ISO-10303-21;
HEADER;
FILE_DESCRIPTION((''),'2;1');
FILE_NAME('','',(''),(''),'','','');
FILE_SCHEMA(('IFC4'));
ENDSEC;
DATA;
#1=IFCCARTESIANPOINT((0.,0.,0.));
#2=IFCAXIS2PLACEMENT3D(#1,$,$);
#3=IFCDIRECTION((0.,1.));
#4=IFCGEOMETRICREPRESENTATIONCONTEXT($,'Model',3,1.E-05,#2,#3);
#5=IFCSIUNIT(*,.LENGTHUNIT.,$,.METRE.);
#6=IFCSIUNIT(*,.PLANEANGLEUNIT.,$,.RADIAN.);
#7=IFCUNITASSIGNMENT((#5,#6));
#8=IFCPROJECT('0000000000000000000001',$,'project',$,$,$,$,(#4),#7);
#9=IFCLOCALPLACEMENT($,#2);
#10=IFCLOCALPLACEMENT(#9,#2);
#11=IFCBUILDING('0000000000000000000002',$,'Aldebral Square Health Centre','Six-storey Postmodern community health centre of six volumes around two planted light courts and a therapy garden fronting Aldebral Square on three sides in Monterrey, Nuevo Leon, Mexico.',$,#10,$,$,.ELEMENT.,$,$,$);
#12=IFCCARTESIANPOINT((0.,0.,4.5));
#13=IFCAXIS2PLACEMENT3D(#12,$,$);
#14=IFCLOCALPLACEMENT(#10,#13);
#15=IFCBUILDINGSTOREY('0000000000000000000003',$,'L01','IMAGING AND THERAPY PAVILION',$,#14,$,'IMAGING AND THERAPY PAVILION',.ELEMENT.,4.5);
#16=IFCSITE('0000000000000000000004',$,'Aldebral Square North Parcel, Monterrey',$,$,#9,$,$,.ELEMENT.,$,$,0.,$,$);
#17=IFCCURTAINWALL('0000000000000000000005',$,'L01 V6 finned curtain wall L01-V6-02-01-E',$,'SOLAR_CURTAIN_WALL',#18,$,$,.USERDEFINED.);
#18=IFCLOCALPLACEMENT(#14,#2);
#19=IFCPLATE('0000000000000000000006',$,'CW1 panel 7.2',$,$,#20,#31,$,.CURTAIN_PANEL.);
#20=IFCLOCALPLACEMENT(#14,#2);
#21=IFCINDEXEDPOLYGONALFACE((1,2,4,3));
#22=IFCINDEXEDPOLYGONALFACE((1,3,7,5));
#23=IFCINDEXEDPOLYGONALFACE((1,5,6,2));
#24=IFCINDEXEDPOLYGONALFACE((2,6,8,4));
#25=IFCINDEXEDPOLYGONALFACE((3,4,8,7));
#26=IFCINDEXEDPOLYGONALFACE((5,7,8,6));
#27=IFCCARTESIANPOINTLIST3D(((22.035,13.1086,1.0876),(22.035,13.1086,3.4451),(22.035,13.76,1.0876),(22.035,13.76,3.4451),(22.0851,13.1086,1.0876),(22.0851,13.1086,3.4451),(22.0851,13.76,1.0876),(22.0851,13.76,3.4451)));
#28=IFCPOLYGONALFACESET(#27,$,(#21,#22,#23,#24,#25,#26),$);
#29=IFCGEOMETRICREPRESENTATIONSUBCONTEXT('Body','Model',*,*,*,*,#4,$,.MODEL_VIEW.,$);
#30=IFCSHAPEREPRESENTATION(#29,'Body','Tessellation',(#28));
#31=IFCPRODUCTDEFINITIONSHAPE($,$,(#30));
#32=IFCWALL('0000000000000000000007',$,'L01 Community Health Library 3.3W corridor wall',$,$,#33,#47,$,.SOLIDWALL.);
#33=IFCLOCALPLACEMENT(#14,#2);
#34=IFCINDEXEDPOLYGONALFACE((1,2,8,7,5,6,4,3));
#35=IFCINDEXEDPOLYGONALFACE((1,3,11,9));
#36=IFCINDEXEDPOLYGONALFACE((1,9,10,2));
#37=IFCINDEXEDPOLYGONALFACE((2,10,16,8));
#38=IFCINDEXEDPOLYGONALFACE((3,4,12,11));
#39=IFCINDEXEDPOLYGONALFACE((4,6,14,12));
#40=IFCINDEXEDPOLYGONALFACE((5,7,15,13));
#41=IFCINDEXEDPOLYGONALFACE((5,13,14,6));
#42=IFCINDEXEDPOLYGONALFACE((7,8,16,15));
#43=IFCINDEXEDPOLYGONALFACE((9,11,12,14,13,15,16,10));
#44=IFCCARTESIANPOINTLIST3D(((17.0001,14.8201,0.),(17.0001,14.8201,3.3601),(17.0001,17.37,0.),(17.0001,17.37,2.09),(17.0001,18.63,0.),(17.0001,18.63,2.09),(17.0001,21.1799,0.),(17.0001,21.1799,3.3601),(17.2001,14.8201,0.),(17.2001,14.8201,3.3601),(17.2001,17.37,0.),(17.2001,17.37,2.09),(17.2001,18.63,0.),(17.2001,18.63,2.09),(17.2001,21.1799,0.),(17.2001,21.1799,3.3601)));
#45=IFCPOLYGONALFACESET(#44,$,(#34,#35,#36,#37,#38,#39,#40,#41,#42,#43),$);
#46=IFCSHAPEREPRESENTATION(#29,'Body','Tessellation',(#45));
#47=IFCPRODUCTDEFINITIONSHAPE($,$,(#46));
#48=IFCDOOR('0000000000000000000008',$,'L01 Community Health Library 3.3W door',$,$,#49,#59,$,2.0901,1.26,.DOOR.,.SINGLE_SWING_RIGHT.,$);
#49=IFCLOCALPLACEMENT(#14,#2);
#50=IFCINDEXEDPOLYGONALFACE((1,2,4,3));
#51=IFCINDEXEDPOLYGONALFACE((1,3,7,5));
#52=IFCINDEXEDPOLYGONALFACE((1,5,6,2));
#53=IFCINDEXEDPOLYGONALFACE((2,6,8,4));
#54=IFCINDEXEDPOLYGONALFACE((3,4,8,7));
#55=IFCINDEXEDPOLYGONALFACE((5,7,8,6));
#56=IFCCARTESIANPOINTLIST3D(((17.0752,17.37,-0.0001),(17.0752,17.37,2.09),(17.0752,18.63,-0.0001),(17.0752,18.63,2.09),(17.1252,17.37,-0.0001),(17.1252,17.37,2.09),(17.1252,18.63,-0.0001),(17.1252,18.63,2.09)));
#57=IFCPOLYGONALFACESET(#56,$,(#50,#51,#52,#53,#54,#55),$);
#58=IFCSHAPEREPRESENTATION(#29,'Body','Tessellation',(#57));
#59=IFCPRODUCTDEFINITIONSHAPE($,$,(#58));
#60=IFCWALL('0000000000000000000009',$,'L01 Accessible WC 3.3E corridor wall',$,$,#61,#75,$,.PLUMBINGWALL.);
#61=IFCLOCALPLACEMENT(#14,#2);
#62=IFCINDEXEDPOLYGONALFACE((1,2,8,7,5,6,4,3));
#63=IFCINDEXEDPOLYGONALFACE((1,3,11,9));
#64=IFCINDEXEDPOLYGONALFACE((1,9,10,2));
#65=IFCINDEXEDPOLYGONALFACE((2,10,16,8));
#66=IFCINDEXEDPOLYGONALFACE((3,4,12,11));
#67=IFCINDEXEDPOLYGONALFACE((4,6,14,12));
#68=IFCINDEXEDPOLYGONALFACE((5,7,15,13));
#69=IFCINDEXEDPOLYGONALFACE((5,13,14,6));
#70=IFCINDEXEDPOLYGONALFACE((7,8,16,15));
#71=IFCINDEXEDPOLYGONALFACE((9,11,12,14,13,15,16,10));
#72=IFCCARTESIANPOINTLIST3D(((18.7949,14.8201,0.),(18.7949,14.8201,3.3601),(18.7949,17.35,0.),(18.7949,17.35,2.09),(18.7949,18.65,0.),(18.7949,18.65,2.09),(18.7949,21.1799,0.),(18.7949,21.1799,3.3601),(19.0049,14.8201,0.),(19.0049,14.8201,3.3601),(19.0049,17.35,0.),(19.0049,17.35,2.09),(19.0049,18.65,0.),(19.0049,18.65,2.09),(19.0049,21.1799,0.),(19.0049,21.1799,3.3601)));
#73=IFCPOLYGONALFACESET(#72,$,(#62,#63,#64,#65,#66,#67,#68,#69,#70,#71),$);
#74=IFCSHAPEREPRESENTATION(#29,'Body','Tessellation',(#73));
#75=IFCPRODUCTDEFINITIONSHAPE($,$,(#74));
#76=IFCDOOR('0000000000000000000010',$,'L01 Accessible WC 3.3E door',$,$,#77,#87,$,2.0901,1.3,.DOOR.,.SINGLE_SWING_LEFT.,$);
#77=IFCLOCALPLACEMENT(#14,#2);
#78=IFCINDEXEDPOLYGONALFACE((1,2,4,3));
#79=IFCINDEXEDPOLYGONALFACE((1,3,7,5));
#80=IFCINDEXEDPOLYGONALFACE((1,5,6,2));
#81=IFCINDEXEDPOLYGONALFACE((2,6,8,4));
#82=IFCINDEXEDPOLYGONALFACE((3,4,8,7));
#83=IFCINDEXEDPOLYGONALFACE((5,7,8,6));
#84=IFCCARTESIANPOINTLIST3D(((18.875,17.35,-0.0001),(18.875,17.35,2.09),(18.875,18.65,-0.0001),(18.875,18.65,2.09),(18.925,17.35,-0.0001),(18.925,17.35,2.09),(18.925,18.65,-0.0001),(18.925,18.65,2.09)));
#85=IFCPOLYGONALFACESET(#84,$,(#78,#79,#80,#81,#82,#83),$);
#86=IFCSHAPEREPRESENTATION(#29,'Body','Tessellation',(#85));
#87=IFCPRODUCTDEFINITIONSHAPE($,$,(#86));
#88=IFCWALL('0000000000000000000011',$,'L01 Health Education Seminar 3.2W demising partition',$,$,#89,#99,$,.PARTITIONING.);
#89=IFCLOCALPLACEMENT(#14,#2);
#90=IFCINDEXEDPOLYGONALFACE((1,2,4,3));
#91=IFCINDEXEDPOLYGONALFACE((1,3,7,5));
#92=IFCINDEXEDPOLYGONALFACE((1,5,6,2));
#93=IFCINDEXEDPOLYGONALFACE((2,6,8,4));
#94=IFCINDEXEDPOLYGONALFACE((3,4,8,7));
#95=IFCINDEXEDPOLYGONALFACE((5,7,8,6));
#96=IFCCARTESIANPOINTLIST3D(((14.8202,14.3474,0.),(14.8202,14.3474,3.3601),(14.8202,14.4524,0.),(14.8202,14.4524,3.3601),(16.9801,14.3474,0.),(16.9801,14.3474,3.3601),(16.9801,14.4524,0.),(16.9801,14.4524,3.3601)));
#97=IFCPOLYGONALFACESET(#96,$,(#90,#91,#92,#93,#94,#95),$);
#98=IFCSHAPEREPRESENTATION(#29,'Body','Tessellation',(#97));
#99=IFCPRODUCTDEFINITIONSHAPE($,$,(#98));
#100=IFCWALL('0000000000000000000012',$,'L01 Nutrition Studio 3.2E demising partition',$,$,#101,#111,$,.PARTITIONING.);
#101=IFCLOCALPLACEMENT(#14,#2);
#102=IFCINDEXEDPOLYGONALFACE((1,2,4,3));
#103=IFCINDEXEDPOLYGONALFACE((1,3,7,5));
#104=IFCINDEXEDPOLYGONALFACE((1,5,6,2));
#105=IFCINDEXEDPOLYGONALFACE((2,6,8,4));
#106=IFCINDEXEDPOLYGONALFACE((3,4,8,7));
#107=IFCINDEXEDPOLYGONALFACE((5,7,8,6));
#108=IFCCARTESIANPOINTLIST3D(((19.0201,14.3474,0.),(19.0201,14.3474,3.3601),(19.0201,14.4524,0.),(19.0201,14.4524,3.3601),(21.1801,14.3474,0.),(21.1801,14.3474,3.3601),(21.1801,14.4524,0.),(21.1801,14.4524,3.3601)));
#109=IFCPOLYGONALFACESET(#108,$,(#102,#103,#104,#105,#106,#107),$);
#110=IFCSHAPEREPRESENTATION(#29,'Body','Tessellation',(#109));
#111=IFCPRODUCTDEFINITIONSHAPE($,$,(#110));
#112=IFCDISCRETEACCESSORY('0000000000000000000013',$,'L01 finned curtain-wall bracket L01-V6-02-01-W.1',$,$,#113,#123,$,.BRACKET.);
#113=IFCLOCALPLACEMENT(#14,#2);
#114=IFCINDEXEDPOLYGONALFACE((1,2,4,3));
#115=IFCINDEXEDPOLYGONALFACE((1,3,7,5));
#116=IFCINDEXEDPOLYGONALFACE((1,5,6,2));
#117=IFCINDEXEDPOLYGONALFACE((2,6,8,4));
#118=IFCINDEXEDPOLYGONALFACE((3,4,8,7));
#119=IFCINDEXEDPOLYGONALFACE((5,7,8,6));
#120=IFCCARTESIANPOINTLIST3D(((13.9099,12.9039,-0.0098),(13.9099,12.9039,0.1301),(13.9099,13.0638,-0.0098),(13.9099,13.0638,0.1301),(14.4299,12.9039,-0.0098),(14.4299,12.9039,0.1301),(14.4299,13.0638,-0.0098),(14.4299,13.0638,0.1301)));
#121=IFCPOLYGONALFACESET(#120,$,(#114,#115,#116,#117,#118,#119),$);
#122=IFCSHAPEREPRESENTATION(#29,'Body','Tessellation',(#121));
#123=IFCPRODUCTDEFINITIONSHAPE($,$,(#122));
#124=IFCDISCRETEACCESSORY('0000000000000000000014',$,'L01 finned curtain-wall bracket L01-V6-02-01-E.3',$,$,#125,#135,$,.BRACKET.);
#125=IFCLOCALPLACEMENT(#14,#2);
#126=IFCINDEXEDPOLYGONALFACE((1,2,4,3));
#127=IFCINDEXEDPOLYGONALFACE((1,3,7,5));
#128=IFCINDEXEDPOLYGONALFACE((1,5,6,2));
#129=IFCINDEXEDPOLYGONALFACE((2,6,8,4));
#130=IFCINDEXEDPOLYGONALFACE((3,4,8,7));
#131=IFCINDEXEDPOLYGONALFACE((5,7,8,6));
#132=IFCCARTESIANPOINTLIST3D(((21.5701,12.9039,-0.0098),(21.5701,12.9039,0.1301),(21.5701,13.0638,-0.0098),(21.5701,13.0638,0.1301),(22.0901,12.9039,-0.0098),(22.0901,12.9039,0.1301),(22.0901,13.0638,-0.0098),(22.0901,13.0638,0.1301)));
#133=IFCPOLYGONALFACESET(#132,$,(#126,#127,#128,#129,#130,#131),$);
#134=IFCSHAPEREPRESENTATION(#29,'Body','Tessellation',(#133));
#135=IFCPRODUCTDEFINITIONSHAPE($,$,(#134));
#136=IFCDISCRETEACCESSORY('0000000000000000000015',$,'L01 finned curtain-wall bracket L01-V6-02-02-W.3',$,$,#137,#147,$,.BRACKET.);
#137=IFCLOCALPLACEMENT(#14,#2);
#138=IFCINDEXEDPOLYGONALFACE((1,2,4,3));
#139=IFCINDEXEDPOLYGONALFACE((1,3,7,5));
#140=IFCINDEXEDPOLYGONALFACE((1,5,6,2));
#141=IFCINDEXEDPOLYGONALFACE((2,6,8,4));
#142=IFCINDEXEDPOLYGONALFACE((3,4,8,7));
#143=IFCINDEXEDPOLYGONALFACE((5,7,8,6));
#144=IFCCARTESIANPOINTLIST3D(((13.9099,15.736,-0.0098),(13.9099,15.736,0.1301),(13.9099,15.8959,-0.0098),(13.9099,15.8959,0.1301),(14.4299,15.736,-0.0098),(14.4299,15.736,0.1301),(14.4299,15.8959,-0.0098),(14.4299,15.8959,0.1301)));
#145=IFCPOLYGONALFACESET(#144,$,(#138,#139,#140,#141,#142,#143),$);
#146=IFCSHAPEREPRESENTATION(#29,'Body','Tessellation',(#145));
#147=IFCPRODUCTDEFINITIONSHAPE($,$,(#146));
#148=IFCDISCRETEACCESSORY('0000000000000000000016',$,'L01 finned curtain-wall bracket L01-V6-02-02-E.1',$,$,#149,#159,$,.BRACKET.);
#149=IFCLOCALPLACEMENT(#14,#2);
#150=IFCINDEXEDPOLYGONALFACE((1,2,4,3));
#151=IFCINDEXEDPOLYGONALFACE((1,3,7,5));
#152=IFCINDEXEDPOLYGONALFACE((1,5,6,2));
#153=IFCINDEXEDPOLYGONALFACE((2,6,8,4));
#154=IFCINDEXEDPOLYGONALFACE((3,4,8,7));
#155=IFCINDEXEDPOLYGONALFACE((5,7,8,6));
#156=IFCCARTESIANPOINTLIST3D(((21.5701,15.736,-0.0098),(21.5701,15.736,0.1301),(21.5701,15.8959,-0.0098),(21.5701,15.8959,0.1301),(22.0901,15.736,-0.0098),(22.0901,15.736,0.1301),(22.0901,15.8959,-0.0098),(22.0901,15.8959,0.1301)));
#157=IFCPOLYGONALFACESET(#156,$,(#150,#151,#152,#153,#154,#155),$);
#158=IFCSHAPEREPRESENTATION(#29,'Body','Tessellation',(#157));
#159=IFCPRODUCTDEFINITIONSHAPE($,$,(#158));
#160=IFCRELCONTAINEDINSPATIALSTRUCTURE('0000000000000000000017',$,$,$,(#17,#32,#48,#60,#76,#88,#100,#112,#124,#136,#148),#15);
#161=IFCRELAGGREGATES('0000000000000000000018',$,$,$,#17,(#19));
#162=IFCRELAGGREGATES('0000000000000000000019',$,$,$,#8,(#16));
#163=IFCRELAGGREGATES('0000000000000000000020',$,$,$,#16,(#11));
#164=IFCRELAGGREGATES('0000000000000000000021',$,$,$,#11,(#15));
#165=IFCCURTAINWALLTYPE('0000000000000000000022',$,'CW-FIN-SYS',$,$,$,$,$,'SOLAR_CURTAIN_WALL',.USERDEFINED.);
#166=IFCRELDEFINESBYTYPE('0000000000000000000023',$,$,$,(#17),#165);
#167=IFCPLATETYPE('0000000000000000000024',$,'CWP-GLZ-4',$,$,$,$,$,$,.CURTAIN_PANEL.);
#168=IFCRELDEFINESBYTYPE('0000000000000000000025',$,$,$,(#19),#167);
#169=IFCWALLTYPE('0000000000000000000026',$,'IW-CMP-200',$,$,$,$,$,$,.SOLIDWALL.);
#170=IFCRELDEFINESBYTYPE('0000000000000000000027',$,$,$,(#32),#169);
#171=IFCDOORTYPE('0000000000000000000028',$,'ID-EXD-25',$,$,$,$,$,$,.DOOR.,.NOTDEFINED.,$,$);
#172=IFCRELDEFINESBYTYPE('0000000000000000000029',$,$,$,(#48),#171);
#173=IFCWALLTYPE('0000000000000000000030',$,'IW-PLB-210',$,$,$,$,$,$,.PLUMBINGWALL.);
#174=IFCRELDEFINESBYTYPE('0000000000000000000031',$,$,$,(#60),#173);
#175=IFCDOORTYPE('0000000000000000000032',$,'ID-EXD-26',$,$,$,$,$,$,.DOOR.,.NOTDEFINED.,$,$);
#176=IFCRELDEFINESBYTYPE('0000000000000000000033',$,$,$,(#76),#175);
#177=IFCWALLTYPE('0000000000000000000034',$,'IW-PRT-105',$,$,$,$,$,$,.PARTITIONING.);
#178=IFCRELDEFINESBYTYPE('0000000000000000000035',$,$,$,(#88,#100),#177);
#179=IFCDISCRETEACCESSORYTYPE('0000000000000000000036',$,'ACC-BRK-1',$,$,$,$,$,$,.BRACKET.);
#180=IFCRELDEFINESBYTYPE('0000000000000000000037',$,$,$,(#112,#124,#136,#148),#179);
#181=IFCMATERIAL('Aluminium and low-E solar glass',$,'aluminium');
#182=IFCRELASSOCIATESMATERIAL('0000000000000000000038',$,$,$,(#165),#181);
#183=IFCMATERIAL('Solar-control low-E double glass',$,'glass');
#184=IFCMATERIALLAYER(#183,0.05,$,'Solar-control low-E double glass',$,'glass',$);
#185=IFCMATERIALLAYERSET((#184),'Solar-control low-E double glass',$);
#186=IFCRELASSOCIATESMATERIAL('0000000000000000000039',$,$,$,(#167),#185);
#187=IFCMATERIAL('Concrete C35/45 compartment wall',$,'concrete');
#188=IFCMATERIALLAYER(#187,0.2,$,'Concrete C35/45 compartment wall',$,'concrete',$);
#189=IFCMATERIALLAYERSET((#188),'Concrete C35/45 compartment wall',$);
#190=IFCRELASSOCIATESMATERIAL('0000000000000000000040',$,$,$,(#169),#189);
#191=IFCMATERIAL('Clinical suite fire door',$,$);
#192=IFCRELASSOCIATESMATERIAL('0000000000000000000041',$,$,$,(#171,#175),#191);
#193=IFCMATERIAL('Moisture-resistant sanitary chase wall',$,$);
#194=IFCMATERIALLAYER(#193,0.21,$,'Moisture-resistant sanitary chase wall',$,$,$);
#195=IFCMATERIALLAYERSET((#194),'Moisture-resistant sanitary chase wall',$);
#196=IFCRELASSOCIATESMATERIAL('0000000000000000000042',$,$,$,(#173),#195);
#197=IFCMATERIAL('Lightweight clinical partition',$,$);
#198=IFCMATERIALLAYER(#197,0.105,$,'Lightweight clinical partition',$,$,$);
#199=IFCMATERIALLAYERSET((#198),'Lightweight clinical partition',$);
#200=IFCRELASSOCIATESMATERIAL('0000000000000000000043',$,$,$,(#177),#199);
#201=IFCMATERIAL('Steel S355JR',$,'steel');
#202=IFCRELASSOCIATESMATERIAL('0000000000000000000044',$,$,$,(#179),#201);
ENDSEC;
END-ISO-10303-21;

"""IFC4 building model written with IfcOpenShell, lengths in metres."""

from ifc_helpers import new_model, si_unit, direction, frame, frame_2d, origin, origin_2d, place, context, subcontext, project, spatial, rectangle, extrude, material, layer, layer_set, type_object, element, fill, aggregate, save


model = new_model("IFC4")

# Units and contexts
model_context = context("Model", 3, precision=1e-05, world=origin(), true_north=direction((0.0, 1.0)))
body_context = subcontext(model_context, "Body", "Model", "MODEL_VIEW")
ifc_project = project(units=[si_unit("LENGTHUNIT", "METRE"), si_unit("PLANEANGLEUNIT", "RADIAN")], contexts=[model_context])

# Site, building, storey
site_placement = place(None, origin())
site = spatial("IfcSite", under=ifc_project, at=site_placement, Name="Aldebral Square North Parcel, Monterrey", CompositionType="ELEMENT", RefElevation=0.0)
building_placement = place(site_placement, origin())
building = spatial("IfcBuilding", under=site, at=building_placement, Name="Aldebral Square Health Centre", Description="Six-storey Postmodern community health centre of six volumes around two planted light courts and a therapy garden fronting Aldebral Square on three sides in Monterrey, Nuevo Leon, Mexico.", CompositionType="ELEMENT")
storey_placement = place(building_placement, frame((0.0, 0.0, 4.5)))
storey = spatial("IfcBuildingStorey", under=building, at=storey_placement, Name="L01", Description="IMAGING AND THERAPY PAVILION", LongName="IMAGING AND THERAPY PAVILION", CompositionType="ELEMENT", Elevation=4.5)

# Curtain wall, plate
ifc_material_1 = material(Name="Aluminium and low-E solar glass", Category="aluminium")
curtain_wall_type = type_object("IfcCurtainWallType", Name="CW-FIN-SYS", ElementType="SOLAR_CURTAIN_WALL", PredefinedType="USERDEFINED", material=ifc_material_1)
curtain_wall_placement = place(storey_placement, origin())
curtain_wall = element("IfcCurtainWall", 1, at=curtain_wall_placement, inside=storey, type_object=curtain_wall_type, Name="L01 V6 finned curtain wall L01-V6-02-01-E", ObjectType="SOLAR_CURTAIN_WALL", PredefinedType="USERDEFINED")
ifc_material_2 = material(Name="Solar-control low-E double glass", Category="glass")
ifc_layer_1 = layer(ifc_material_2, 0.05, Name="Solar-control low-E double glass", Category="glass")
ifc_layer_set_1 = layer_set([ifc_layer_1], Name="Solar-control low-E double glass")
plate_type = type_object("IfcPlateType", Name="CWP-GLZ-4", PredefinedType="CURTAIN_PANEL", material=ifc_layer_set_1)
plate_1_placement = place(storey_placement, frame((22.0601, 13.4343, 1.0876), z_axis=(0.0, 0.0, 1.0), x_axis=(0.0, 1.0, 0.0)))
plate_1 = element("IfcPlate", 2, at=plate_1_placement, type_object=plate_type, Name="CW1 panel 7.2", PredefinedType="CURTAIN_PANEL", context=body_context, shape_type="SweptSolid", body=[
    extrude(rectangle(XDim=0.6514, YDim=0.05, at=origin_2d()), origin(), (0.0, 0.0, 1.0), 2.3574),
])
aggregate(curtain_wall, [plate_1])

# Walls, openings, doors
ifc_material_3 = material(Name="Concrete C35/45 compartment wall", Category="concrete")
ifc_layer_2 = layer(ifc_material_3, 0.2, Name="Concrete C35/45 compartment wall", Category="concrete")
ifc_layer_set_2 = layer_set([ifc_layer_2], Name="Concrete C35/45 compartment wall")
wall_type_1 = type_object("IfcWallType", Name="IW-CMP-200", PredefinedType="SOLIDWALL", material=ifc_layer_set_2)
wall_1_placement = place(storey_placement, frame((17.1001, 14.8201, 0.0), z_axis=(0.0, 0.0, 1.0), x_axis=(0.0, 1.0, 0.0)))
wall_1 = element("IfcWall", 3, at=wall_1_placement, inside=storey, type_object=wall_type_1, Name="L01 Community Health Library 3.3W corridor wall", PredefinedType="SOLIDWALL", context=body_context, shape_type="SweptSolid", body=[
    extrude(rectangle(XDim=6.3599, YDim=0.2, at=frame_2d((3.1799, 0.0))), origin(), (0.0, 0.0, 1.0), 3.3601),
])
opening_1_placement = place(wall_1_placement, frame((2.55, 0.0, 0.0)))
opening_1 = element("IfcOpeningElement", 4, at=opening_1_placement, cuts=wall_1, PredefinedType="OPENING", context=body_context, shape_type="SweptSolid", body=[
    extrude(rectangle(XDim=1.26, YDim=2.0901, at=frame_2d((0.6299, 1.0449))), frame((0.0, 0.1099, 0.0), z_axis=(0.0, -1.0, 0.0), x_axis=(1.0, 0.0, 0.0)), (0.0, 0.0, 1.0), 0.22),
])
ifc_material_4 = material(Name="Clinical suite fire door")
door_type_1 = type_object("IfcDoorType", Name="ID-EXD-25", OperationType="NOTDEFINED", PredefinedType="DOOR", material=ifc_material_4)
door_1_placement = place(opening_1_placement, origin())
door_1 = element("IfcDoor", 5, at=door_1_placement, inside=storey, type_object=door_type_1, Name="L01 Community Health Library 3.3W door", OperationType="SINGLE_SWING_RIGHT", OverallHeight=2.0901, OverallWidth=1.26, PredefinedType="DOOR", context=body_context, shape_type="SweptSolid", body=[
    extrude(rectangle(XDim=1.26, YDim=2.0901, at=frame_2d((0.6299, 1.0449))), frame((0.0, 0.0249, 0.0), z_axis=(0.0, -1.0, 0.0), x_axis=(1.0, 0.0, 0.0)), (0.0, 0.0, 1.0), 0.05),
])
fill(opening_1, door_1)
ifc_material_5 = material(Name="Moisture-resistant sanitary chase wall")
ifc_layer_3 = layer(ifc_material_5, 0.21, Name="Moisture-resistant sanitary chase wall")
ifc_layer_set_3 = layer_set([ifc_layer_3], Name="Moisture-resistant sanitary chase wall")
wall_type_2 = type_object("IfcWallType", Name="IW-PLB-210", PredefinedType="PLUMBINGWALL", material=ifc_layer_set_3)
wall_2_placement = place(storey_placement, frame((18.8999, 14.8201, 0.0), z_axis=(0.0, 0.0, 1.0), x_axis=(0.0, 1.0, 0.0)))
wall_2 = element("IfcWall", 6, at=wall_2_placement, inside=storey, type_object=wall_type_2, Name="L01 Accessible WC 3.3E corridor wall", PredefinedType="PLUMBINGWALL", context=body_context, shape_type="SweptSolid", body=[
    extrude(rectangle(XDim=6.3599, YDim=0.21, at=frame_2d((3.1799, 0.0))), origin(), (0.0, 0.0, 1.0), 3.3601),
])
opening_2_placement = place(wall_2_placement, frame((2.53, 0.0, 0.0)))
opening_2 = element("IfcOpeningElement", 7, at=opening_2_placement, cuts=wall_2, PredefinedType="OPENING", context=body_context, shape_type="SweptSolid", body=[
    extrude(rectangle(XDim=1.3, YDim=2.0901, at=frame_2d((0.6499, 1.0449))), frame((0.0, 0.115, 0.0), z_axis=(0.0, -1.0, 0.0), x_axis=(1.0, 0.0, 0.0)), (0.0, 0.0, 1.0), 0.23),
])
door_type_2 = type_object("IfcDoorType", Name="ID-EXD-26", OperationType="NOTDEFINED", PredefinedType="DOOR", material=ifc_material_4)
door_2_placement = place(opening_2_placement, origin())
door_2 = element("IfcDoor", 8, at=door_2_placement, inside=storey, type_object=door_type_2, Name="L01 Accessible WC 3.3E door", OperationType="SINGLE_SWING_LEFT", OverallHeight=2.0901, OverallWidth=1.3, PredefinedType="DOOR", context=body_context, shape_type="SweptSolid", body=[
    extrude(rectangle(XDim=1.3, YDim=2.0901, at=frame_2d((0.6499, 1.0449))), frame((0.0, 0.0249, 0.0), z_axis=(0.0, -1.0, 0.0), x_axis=(1.0, 0.0, 0.0)), (0.0, 0.0, 1.0), 0.05),
])
fill(opening_2, door_2)

# Walls
ifc_material_6 = material(Name="Lightweight clinical partition")
ifc_layer_4 = layer(ifc_material_6, 0.105, Name="Lightweight clinical partition")
ifc_layer_set_4 = layer_set([ifc_layer_4], Name="Lightweight clinical partition")
wall_type_3 = type_object("IfcWallType", Name="IW-PRT-105", PredefinedType="PARTITIONING", material=ifc_layer_set_4)
for number, where, z_axis, x_axis, name in (
    (9, (14.8201, 14.3999, 0.0), (0.0, 0.0, 1.0), (1.0, 0.0, 0.0), "L01 Health Education Seminar 3.2W demising partition"),
    (10, (19.02, 14.3999, 0.0), (0.0, 0.0, 1.0), (1.0, 0.0, 0.0), "L01 Nutrition Studio 3.2E demising partition"),
):
    element("IfcWall", number, at=place(storey_placement, frame(where, z_axis=z_axis, x_axis=x_axis)), inside=storey, type_object=wall_type_3, Name=name, PredefinedType="PARTITIONING", context=body_context, shape_type="SweptSolid", body=[
        extrude(rectangle(XDim=2.1599, YDim=0.105, at=frame_2d((1.0801, 0.0))), origin(), (0.0, 0.0, 1.0), 3.3601),
    ])

# Discrete accessories
ifc_material_7 = material(Name="Steel S355JR", Category="steel")
discrete_accessory_type = type_object("IfcDiscreteAccessoryType", Name="ACC-BRK-1", PredefinedType="BRACKET", material=ifc_material_7)
for number, where, z_axis, x_axis, name in (
    (11, (14.1699, 12.9839, -0.0098), (0.0, 0.0, 1.0), (0.0, 1.0, 0.0), "L01 finned curtain-wall bracket L01-V6-02-01-W.1"),
    (12, (21.8301, 12.9839, -0.0098), (0.0, 0.0, 1.0), (0.0, 1.0, 0.0), "L01 finned curtain-wall bracket L01-V6-02-01-E.3"),
    (13, (14.1699, 15.8159, -0.0098), (0.0, 0.0, 1.0), (0.0, 1.0, 0.0), "L01 finned curtain-wall bracket L01-V6-02-02-W.3"),
    (14, (21.8301, 15.8159, -0.0098), (0.0, 0.0, 1.0), (0.0, 1.0, 0.0), "L01 finned curtain-wall bracket L01-V6-02-02-E.1"),
):
    element("IfcDiscreteAccessory", number, at=place(storey_placement, frame(where, z_axis=z_axis, x_axis=x_axis)), inside=storey, type_object=discrete_accessory_type, Name=name, PredefinedType="BRACKET", context=body_context, shape_type="SweptSolid", body=[
        extrude(rectangle(XDim=0.1599, YDim=0.52, at=origin_2d()), origin(), (0.0, 0.0, 1.0), 0.1399),
    ])

save(model, "model.ifc")
